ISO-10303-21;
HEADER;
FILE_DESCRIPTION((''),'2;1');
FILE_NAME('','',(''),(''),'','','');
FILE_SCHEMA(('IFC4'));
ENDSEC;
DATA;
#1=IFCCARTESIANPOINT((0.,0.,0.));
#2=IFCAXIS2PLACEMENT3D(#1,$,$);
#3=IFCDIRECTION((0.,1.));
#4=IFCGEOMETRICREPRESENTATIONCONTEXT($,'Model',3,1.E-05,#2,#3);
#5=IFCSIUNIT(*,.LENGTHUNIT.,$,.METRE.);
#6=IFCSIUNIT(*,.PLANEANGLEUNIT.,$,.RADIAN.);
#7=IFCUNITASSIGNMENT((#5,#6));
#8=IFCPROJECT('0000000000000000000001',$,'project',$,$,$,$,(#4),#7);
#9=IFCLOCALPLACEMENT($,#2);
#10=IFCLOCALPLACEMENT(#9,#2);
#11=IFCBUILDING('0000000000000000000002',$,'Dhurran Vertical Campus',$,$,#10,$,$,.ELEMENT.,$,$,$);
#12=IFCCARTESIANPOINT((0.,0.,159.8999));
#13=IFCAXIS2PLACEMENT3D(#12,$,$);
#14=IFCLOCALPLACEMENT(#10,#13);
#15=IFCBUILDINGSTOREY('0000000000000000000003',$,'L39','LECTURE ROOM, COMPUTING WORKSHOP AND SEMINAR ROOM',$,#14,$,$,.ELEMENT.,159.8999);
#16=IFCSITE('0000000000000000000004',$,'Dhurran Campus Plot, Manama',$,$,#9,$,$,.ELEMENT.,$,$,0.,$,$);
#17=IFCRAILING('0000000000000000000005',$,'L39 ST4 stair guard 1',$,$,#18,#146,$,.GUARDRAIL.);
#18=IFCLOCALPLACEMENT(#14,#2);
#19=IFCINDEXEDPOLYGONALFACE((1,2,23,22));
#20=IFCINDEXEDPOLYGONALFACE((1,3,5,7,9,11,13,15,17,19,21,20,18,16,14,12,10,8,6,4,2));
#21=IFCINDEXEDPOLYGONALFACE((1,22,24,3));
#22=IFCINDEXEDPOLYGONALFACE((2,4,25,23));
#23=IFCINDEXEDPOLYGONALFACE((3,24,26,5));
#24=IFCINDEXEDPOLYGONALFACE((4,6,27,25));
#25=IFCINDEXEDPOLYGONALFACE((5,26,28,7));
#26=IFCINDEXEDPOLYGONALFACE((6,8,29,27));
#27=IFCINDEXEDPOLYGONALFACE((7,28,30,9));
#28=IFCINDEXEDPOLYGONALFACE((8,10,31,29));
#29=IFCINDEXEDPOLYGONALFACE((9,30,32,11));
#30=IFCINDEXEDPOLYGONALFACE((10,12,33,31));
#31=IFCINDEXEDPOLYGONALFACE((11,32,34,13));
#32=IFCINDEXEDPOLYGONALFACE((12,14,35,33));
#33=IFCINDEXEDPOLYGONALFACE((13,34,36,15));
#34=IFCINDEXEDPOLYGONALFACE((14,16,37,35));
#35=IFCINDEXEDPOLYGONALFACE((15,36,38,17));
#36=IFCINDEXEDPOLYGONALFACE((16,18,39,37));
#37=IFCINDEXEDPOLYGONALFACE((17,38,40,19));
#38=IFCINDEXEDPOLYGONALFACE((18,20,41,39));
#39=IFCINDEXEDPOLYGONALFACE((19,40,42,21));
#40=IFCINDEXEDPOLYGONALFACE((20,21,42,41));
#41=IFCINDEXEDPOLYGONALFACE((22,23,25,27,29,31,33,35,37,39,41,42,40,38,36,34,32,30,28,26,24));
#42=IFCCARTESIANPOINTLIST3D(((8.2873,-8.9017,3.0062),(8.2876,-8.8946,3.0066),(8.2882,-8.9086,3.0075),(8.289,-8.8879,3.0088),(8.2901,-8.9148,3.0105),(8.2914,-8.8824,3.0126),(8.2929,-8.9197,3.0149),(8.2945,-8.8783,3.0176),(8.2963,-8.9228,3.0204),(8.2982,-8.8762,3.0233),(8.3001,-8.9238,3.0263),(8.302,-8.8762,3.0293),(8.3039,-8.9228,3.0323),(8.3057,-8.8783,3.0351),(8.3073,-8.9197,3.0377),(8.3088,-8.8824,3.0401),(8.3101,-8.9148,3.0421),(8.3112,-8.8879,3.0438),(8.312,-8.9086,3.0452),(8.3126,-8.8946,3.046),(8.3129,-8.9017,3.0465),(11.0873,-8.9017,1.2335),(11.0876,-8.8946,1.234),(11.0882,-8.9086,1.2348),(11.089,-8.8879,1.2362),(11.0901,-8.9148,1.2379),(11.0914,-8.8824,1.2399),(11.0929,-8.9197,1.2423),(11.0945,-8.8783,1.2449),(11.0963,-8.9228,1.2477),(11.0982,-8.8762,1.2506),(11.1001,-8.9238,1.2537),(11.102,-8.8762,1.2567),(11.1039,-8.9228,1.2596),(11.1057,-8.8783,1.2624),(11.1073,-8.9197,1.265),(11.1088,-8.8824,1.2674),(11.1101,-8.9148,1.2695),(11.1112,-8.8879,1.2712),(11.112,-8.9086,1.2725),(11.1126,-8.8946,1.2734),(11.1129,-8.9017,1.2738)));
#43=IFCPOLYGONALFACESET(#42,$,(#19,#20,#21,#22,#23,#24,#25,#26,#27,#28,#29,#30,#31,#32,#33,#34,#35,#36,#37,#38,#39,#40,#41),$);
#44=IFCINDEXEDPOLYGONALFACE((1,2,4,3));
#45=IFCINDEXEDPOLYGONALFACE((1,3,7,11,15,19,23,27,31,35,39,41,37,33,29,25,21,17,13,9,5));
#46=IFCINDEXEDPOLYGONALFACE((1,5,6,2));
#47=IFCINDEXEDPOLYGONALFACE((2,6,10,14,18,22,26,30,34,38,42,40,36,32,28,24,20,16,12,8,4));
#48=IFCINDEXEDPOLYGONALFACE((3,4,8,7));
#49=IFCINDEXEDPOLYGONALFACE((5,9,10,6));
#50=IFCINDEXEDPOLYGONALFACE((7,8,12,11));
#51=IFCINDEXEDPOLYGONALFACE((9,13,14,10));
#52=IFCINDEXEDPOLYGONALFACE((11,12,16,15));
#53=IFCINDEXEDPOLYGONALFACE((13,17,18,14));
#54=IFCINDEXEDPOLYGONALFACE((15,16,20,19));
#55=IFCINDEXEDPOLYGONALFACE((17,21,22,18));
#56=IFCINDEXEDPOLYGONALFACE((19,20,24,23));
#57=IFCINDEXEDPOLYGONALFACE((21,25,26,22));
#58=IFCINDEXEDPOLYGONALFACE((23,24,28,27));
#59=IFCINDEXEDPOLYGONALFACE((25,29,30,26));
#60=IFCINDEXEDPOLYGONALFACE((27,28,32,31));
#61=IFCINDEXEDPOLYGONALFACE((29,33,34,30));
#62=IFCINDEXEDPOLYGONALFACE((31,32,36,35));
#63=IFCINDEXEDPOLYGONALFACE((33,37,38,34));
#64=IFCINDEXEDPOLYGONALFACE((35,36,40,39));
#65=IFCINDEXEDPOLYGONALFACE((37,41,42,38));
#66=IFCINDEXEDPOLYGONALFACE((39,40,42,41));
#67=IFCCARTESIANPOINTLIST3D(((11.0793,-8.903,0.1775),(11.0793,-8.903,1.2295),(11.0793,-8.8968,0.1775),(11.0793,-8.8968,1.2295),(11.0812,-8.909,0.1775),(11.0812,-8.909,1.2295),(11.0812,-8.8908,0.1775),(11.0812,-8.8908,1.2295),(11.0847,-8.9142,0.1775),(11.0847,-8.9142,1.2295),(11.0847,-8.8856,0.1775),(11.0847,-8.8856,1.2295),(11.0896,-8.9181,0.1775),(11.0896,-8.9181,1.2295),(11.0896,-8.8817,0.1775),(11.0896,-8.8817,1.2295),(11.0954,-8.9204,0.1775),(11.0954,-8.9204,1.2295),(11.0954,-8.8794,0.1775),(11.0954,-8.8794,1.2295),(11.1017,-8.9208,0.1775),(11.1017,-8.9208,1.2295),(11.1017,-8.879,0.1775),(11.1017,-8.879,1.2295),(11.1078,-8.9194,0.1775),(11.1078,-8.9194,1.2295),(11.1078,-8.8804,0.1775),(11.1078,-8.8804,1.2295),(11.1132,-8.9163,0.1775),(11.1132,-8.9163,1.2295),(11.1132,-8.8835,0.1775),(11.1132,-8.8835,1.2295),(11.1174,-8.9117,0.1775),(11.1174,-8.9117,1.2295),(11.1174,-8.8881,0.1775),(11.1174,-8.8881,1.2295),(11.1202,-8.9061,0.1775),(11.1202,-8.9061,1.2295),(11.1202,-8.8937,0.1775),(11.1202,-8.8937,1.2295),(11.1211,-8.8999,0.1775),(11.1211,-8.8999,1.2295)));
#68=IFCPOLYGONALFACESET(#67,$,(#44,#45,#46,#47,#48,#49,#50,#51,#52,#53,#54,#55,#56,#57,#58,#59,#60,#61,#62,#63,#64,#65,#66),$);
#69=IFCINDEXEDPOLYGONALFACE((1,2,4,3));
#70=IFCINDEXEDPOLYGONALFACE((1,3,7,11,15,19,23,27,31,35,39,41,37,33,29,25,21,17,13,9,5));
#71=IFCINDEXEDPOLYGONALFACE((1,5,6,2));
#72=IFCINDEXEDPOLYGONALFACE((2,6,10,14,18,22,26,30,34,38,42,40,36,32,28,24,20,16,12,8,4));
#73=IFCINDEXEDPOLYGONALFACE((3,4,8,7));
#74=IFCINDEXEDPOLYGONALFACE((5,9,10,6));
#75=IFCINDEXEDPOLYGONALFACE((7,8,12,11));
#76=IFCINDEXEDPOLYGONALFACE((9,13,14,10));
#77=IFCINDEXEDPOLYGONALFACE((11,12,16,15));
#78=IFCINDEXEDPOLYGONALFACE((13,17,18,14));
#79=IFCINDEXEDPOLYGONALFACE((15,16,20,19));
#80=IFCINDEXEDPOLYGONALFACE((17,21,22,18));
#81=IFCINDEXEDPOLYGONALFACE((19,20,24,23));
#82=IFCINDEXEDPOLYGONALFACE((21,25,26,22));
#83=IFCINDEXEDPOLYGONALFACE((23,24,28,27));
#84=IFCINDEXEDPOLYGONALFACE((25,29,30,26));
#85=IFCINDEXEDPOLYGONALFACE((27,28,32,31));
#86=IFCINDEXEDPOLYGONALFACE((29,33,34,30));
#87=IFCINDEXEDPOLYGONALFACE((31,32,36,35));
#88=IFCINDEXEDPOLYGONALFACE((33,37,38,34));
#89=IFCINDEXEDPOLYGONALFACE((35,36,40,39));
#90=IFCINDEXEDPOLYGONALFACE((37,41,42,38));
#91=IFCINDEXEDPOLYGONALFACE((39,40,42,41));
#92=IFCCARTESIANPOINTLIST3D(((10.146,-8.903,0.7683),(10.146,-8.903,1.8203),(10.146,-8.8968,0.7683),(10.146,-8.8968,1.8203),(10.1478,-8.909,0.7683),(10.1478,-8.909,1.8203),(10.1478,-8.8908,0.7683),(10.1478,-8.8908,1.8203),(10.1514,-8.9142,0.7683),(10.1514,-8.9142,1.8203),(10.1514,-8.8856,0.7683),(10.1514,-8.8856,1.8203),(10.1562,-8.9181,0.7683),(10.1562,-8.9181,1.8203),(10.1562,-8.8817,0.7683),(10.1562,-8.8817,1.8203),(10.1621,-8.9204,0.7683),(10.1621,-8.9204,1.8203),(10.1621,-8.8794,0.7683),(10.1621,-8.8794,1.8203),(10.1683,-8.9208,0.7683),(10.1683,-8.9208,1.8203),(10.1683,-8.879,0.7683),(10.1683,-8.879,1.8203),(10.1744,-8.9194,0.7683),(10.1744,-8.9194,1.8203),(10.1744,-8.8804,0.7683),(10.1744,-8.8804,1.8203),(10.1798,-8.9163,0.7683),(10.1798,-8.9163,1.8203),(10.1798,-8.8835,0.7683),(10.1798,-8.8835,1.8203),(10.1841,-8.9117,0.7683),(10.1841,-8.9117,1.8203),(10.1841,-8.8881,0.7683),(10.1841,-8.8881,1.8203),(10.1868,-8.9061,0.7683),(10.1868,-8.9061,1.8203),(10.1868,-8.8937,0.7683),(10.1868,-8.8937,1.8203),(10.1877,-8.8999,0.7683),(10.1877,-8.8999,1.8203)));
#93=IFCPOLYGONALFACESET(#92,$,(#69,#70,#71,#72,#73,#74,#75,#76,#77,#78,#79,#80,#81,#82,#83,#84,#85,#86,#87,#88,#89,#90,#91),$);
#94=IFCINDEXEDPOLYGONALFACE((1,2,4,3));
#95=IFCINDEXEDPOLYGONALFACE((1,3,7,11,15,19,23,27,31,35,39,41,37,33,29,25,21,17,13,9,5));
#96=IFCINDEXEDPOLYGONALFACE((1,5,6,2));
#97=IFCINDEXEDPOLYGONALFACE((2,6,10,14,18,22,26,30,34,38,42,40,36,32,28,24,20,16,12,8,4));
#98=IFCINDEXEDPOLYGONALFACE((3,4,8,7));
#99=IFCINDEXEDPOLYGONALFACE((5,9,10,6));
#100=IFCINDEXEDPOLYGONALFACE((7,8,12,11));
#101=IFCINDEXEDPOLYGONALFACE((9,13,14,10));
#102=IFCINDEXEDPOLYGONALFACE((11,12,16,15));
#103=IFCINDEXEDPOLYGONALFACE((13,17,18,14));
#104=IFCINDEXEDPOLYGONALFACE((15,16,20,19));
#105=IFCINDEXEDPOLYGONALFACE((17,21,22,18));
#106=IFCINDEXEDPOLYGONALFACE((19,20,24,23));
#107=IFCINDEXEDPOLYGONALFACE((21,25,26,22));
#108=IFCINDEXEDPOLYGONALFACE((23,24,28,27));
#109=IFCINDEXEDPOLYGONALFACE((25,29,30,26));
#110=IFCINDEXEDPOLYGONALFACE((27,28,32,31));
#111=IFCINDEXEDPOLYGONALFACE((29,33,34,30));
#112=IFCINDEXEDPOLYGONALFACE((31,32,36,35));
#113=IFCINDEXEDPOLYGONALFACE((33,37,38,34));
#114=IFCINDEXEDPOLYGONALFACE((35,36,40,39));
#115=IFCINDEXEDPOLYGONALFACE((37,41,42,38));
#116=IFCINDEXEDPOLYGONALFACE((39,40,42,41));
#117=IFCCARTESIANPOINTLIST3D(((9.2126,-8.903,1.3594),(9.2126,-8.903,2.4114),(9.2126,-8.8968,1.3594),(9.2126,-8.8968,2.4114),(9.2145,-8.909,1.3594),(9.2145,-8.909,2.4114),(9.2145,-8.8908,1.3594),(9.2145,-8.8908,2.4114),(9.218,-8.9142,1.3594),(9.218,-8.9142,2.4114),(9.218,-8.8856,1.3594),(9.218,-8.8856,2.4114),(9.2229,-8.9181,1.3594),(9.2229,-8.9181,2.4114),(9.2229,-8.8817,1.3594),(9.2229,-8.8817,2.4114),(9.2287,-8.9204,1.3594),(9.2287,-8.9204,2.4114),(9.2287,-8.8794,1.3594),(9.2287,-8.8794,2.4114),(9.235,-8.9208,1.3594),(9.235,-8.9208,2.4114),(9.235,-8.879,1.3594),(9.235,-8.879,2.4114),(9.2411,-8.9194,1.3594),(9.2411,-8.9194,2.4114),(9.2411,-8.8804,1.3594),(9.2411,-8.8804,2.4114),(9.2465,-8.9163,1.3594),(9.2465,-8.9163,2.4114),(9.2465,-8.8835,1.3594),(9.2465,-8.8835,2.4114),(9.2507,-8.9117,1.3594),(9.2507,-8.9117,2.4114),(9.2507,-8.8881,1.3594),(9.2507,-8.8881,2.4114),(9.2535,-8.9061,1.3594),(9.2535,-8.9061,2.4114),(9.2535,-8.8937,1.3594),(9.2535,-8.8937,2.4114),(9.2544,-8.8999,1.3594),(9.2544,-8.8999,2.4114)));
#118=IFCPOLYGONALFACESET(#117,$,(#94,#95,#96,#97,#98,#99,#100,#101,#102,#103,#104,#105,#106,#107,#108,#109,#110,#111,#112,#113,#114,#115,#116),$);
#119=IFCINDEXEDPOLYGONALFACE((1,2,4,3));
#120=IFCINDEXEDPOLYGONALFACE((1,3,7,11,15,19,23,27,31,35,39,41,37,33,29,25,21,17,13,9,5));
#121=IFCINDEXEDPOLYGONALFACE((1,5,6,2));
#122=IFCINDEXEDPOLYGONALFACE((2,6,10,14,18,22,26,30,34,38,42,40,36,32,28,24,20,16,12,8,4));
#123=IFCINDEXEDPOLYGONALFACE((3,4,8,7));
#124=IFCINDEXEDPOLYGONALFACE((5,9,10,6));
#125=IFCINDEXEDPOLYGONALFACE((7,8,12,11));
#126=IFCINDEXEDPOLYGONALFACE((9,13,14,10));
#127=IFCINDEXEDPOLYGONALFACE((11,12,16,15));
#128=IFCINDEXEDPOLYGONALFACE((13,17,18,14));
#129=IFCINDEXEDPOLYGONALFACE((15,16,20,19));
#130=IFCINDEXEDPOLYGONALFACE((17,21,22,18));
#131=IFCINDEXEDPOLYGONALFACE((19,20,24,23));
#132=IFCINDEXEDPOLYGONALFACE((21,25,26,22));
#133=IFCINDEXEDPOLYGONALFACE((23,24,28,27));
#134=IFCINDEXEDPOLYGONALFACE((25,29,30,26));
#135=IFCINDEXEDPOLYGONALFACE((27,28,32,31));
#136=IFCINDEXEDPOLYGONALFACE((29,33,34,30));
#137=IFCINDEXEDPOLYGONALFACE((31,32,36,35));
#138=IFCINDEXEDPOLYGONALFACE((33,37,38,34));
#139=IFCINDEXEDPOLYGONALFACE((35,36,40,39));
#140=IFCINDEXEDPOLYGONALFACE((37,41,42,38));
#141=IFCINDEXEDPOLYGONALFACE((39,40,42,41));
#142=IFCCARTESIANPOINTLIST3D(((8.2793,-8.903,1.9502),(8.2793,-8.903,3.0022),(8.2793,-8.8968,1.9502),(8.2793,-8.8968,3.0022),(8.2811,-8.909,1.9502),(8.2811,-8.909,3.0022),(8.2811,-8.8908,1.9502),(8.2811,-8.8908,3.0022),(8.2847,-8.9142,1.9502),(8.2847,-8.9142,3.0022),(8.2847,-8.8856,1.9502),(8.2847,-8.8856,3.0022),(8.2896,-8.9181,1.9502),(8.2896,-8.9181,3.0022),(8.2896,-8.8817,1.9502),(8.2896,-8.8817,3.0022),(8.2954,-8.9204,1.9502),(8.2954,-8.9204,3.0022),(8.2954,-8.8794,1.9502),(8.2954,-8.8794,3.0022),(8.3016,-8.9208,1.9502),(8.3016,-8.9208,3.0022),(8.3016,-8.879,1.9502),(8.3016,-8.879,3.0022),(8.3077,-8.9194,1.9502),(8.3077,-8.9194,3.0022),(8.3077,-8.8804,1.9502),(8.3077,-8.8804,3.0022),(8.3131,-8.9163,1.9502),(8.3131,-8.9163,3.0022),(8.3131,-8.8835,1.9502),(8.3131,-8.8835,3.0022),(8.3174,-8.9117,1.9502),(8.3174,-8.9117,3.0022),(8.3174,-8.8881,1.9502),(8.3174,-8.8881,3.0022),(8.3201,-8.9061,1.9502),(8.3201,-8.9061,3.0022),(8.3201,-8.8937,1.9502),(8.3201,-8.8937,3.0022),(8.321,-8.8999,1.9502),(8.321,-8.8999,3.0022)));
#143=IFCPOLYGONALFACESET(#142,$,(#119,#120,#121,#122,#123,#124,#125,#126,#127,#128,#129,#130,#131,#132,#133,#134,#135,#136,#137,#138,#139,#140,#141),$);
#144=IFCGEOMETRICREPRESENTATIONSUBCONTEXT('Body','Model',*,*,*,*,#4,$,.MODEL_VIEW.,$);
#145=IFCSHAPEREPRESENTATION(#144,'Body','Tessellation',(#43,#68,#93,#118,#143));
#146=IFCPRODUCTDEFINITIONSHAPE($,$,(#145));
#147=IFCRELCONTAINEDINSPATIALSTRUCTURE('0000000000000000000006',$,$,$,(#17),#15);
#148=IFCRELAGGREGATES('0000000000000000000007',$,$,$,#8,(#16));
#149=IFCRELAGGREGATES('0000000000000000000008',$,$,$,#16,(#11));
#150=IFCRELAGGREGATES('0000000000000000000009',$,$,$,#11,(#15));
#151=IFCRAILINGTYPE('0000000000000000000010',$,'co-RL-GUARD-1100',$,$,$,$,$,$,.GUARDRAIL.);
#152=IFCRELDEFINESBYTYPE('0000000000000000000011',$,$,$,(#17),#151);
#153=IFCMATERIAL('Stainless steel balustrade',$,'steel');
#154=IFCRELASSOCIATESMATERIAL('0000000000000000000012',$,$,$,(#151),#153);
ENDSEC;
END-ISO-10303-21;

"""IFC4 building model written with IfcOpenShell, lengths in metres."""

from ifc_helpers import new_model, si_unit, direction, frame, origin, origin_2d, place, context, subcontext, project, spatial, circle, extrude, material, type_object, element, save


model = new_model("IFC4")

# Units and contexts
model_context = context("Model", 3, precision=1e-05, world=origin(), true_north=direction((0.0, 1.0)))
body_context = subcontext(model_context, "Body", "Model", "MODEL_VIEW")
ifc_project = project(units=[si_unit("LENGTHUNIT", "METRE"), si_unit("PLANEANGLEUNIT", "RADIAN")], contexts=[model_context])

# Site, building, storey
site_placement = place(None, origin())
site = spatial("IfcSite", under=ifc_project, at=site_placement, Name="Dhurran Campus Plot, Manama", CompositionType="ELEMENT", RefElevation=0.0)
building_placement = place(site_placement, origin())
building = spatial("IfcBuilding", under=site, at=building_placement, Name="Dhurran Vertical Campus", CompositionType="ELEMENT")
storey_placement = place(building_placement, frame((0.0, 0.0, 159.8999)))
storey = spatial("IfcBuildingStorey", under=building, at=storey_placement, Name="L39", Description="LECTURE ROOM, COMPUTING WORKSHOP AND SEMINAR ROOM", CompositionType="ELEMENT", Elevation=159.8999)

# Railing
ifc_material_1 = material(Name="Stainless steel balustrade", Category="steel")
railing_type_1 = type_object("IfcRailingType", Name="co-RL-GUARD-1100", PredefinedType="GUARDRAIL", material=ifc_material_1)
railing_1_placement = place(storey_placement, frame((11.1001, -8.8999, 0.1775)))
element("IfcRailing", 1, at=railing_1_placement, inside=storey, type_object=railing_type_1, Name="L39 ST4 stair guard 1", PredefinedType="GUARDRAIL", context=body_context, shape_type="SweptSolid", body=[
    extrude(circle(Radius=0.0239, at=origin_2d()), frame((0.0, 0.0, 1.0762), z_axis=(-0.844909, 0.0, 0.53491), x_axis=(0.0, -1.0, 0.0)), (0.0, 0.0, 1.0), 3.314),
    extrude(circle(Radius=0.021, at=origin_2d()), origin(), (0.0, 0.0, 1.0), 1.052),
    extrude(circle(Radius=0.021, at=origin_2d()), frame((-0.9333, 0.0, 0.5908)), (0.0, 0.0, 1.0), 1.052),
    extrude(circle(Radius=0.021, at=origin_2d()), frame((-1.8667, 0.0, 1.1819)), (0.0, 0.0, 1.0), 1.052),
    extrude(circle(Radius=0.021, at=origin_2d()), frame((-2.8, 0.0, 1.7727)), (0.0, 0.0, 1.0), 1.052),
])

save(model, "model.ifc")
